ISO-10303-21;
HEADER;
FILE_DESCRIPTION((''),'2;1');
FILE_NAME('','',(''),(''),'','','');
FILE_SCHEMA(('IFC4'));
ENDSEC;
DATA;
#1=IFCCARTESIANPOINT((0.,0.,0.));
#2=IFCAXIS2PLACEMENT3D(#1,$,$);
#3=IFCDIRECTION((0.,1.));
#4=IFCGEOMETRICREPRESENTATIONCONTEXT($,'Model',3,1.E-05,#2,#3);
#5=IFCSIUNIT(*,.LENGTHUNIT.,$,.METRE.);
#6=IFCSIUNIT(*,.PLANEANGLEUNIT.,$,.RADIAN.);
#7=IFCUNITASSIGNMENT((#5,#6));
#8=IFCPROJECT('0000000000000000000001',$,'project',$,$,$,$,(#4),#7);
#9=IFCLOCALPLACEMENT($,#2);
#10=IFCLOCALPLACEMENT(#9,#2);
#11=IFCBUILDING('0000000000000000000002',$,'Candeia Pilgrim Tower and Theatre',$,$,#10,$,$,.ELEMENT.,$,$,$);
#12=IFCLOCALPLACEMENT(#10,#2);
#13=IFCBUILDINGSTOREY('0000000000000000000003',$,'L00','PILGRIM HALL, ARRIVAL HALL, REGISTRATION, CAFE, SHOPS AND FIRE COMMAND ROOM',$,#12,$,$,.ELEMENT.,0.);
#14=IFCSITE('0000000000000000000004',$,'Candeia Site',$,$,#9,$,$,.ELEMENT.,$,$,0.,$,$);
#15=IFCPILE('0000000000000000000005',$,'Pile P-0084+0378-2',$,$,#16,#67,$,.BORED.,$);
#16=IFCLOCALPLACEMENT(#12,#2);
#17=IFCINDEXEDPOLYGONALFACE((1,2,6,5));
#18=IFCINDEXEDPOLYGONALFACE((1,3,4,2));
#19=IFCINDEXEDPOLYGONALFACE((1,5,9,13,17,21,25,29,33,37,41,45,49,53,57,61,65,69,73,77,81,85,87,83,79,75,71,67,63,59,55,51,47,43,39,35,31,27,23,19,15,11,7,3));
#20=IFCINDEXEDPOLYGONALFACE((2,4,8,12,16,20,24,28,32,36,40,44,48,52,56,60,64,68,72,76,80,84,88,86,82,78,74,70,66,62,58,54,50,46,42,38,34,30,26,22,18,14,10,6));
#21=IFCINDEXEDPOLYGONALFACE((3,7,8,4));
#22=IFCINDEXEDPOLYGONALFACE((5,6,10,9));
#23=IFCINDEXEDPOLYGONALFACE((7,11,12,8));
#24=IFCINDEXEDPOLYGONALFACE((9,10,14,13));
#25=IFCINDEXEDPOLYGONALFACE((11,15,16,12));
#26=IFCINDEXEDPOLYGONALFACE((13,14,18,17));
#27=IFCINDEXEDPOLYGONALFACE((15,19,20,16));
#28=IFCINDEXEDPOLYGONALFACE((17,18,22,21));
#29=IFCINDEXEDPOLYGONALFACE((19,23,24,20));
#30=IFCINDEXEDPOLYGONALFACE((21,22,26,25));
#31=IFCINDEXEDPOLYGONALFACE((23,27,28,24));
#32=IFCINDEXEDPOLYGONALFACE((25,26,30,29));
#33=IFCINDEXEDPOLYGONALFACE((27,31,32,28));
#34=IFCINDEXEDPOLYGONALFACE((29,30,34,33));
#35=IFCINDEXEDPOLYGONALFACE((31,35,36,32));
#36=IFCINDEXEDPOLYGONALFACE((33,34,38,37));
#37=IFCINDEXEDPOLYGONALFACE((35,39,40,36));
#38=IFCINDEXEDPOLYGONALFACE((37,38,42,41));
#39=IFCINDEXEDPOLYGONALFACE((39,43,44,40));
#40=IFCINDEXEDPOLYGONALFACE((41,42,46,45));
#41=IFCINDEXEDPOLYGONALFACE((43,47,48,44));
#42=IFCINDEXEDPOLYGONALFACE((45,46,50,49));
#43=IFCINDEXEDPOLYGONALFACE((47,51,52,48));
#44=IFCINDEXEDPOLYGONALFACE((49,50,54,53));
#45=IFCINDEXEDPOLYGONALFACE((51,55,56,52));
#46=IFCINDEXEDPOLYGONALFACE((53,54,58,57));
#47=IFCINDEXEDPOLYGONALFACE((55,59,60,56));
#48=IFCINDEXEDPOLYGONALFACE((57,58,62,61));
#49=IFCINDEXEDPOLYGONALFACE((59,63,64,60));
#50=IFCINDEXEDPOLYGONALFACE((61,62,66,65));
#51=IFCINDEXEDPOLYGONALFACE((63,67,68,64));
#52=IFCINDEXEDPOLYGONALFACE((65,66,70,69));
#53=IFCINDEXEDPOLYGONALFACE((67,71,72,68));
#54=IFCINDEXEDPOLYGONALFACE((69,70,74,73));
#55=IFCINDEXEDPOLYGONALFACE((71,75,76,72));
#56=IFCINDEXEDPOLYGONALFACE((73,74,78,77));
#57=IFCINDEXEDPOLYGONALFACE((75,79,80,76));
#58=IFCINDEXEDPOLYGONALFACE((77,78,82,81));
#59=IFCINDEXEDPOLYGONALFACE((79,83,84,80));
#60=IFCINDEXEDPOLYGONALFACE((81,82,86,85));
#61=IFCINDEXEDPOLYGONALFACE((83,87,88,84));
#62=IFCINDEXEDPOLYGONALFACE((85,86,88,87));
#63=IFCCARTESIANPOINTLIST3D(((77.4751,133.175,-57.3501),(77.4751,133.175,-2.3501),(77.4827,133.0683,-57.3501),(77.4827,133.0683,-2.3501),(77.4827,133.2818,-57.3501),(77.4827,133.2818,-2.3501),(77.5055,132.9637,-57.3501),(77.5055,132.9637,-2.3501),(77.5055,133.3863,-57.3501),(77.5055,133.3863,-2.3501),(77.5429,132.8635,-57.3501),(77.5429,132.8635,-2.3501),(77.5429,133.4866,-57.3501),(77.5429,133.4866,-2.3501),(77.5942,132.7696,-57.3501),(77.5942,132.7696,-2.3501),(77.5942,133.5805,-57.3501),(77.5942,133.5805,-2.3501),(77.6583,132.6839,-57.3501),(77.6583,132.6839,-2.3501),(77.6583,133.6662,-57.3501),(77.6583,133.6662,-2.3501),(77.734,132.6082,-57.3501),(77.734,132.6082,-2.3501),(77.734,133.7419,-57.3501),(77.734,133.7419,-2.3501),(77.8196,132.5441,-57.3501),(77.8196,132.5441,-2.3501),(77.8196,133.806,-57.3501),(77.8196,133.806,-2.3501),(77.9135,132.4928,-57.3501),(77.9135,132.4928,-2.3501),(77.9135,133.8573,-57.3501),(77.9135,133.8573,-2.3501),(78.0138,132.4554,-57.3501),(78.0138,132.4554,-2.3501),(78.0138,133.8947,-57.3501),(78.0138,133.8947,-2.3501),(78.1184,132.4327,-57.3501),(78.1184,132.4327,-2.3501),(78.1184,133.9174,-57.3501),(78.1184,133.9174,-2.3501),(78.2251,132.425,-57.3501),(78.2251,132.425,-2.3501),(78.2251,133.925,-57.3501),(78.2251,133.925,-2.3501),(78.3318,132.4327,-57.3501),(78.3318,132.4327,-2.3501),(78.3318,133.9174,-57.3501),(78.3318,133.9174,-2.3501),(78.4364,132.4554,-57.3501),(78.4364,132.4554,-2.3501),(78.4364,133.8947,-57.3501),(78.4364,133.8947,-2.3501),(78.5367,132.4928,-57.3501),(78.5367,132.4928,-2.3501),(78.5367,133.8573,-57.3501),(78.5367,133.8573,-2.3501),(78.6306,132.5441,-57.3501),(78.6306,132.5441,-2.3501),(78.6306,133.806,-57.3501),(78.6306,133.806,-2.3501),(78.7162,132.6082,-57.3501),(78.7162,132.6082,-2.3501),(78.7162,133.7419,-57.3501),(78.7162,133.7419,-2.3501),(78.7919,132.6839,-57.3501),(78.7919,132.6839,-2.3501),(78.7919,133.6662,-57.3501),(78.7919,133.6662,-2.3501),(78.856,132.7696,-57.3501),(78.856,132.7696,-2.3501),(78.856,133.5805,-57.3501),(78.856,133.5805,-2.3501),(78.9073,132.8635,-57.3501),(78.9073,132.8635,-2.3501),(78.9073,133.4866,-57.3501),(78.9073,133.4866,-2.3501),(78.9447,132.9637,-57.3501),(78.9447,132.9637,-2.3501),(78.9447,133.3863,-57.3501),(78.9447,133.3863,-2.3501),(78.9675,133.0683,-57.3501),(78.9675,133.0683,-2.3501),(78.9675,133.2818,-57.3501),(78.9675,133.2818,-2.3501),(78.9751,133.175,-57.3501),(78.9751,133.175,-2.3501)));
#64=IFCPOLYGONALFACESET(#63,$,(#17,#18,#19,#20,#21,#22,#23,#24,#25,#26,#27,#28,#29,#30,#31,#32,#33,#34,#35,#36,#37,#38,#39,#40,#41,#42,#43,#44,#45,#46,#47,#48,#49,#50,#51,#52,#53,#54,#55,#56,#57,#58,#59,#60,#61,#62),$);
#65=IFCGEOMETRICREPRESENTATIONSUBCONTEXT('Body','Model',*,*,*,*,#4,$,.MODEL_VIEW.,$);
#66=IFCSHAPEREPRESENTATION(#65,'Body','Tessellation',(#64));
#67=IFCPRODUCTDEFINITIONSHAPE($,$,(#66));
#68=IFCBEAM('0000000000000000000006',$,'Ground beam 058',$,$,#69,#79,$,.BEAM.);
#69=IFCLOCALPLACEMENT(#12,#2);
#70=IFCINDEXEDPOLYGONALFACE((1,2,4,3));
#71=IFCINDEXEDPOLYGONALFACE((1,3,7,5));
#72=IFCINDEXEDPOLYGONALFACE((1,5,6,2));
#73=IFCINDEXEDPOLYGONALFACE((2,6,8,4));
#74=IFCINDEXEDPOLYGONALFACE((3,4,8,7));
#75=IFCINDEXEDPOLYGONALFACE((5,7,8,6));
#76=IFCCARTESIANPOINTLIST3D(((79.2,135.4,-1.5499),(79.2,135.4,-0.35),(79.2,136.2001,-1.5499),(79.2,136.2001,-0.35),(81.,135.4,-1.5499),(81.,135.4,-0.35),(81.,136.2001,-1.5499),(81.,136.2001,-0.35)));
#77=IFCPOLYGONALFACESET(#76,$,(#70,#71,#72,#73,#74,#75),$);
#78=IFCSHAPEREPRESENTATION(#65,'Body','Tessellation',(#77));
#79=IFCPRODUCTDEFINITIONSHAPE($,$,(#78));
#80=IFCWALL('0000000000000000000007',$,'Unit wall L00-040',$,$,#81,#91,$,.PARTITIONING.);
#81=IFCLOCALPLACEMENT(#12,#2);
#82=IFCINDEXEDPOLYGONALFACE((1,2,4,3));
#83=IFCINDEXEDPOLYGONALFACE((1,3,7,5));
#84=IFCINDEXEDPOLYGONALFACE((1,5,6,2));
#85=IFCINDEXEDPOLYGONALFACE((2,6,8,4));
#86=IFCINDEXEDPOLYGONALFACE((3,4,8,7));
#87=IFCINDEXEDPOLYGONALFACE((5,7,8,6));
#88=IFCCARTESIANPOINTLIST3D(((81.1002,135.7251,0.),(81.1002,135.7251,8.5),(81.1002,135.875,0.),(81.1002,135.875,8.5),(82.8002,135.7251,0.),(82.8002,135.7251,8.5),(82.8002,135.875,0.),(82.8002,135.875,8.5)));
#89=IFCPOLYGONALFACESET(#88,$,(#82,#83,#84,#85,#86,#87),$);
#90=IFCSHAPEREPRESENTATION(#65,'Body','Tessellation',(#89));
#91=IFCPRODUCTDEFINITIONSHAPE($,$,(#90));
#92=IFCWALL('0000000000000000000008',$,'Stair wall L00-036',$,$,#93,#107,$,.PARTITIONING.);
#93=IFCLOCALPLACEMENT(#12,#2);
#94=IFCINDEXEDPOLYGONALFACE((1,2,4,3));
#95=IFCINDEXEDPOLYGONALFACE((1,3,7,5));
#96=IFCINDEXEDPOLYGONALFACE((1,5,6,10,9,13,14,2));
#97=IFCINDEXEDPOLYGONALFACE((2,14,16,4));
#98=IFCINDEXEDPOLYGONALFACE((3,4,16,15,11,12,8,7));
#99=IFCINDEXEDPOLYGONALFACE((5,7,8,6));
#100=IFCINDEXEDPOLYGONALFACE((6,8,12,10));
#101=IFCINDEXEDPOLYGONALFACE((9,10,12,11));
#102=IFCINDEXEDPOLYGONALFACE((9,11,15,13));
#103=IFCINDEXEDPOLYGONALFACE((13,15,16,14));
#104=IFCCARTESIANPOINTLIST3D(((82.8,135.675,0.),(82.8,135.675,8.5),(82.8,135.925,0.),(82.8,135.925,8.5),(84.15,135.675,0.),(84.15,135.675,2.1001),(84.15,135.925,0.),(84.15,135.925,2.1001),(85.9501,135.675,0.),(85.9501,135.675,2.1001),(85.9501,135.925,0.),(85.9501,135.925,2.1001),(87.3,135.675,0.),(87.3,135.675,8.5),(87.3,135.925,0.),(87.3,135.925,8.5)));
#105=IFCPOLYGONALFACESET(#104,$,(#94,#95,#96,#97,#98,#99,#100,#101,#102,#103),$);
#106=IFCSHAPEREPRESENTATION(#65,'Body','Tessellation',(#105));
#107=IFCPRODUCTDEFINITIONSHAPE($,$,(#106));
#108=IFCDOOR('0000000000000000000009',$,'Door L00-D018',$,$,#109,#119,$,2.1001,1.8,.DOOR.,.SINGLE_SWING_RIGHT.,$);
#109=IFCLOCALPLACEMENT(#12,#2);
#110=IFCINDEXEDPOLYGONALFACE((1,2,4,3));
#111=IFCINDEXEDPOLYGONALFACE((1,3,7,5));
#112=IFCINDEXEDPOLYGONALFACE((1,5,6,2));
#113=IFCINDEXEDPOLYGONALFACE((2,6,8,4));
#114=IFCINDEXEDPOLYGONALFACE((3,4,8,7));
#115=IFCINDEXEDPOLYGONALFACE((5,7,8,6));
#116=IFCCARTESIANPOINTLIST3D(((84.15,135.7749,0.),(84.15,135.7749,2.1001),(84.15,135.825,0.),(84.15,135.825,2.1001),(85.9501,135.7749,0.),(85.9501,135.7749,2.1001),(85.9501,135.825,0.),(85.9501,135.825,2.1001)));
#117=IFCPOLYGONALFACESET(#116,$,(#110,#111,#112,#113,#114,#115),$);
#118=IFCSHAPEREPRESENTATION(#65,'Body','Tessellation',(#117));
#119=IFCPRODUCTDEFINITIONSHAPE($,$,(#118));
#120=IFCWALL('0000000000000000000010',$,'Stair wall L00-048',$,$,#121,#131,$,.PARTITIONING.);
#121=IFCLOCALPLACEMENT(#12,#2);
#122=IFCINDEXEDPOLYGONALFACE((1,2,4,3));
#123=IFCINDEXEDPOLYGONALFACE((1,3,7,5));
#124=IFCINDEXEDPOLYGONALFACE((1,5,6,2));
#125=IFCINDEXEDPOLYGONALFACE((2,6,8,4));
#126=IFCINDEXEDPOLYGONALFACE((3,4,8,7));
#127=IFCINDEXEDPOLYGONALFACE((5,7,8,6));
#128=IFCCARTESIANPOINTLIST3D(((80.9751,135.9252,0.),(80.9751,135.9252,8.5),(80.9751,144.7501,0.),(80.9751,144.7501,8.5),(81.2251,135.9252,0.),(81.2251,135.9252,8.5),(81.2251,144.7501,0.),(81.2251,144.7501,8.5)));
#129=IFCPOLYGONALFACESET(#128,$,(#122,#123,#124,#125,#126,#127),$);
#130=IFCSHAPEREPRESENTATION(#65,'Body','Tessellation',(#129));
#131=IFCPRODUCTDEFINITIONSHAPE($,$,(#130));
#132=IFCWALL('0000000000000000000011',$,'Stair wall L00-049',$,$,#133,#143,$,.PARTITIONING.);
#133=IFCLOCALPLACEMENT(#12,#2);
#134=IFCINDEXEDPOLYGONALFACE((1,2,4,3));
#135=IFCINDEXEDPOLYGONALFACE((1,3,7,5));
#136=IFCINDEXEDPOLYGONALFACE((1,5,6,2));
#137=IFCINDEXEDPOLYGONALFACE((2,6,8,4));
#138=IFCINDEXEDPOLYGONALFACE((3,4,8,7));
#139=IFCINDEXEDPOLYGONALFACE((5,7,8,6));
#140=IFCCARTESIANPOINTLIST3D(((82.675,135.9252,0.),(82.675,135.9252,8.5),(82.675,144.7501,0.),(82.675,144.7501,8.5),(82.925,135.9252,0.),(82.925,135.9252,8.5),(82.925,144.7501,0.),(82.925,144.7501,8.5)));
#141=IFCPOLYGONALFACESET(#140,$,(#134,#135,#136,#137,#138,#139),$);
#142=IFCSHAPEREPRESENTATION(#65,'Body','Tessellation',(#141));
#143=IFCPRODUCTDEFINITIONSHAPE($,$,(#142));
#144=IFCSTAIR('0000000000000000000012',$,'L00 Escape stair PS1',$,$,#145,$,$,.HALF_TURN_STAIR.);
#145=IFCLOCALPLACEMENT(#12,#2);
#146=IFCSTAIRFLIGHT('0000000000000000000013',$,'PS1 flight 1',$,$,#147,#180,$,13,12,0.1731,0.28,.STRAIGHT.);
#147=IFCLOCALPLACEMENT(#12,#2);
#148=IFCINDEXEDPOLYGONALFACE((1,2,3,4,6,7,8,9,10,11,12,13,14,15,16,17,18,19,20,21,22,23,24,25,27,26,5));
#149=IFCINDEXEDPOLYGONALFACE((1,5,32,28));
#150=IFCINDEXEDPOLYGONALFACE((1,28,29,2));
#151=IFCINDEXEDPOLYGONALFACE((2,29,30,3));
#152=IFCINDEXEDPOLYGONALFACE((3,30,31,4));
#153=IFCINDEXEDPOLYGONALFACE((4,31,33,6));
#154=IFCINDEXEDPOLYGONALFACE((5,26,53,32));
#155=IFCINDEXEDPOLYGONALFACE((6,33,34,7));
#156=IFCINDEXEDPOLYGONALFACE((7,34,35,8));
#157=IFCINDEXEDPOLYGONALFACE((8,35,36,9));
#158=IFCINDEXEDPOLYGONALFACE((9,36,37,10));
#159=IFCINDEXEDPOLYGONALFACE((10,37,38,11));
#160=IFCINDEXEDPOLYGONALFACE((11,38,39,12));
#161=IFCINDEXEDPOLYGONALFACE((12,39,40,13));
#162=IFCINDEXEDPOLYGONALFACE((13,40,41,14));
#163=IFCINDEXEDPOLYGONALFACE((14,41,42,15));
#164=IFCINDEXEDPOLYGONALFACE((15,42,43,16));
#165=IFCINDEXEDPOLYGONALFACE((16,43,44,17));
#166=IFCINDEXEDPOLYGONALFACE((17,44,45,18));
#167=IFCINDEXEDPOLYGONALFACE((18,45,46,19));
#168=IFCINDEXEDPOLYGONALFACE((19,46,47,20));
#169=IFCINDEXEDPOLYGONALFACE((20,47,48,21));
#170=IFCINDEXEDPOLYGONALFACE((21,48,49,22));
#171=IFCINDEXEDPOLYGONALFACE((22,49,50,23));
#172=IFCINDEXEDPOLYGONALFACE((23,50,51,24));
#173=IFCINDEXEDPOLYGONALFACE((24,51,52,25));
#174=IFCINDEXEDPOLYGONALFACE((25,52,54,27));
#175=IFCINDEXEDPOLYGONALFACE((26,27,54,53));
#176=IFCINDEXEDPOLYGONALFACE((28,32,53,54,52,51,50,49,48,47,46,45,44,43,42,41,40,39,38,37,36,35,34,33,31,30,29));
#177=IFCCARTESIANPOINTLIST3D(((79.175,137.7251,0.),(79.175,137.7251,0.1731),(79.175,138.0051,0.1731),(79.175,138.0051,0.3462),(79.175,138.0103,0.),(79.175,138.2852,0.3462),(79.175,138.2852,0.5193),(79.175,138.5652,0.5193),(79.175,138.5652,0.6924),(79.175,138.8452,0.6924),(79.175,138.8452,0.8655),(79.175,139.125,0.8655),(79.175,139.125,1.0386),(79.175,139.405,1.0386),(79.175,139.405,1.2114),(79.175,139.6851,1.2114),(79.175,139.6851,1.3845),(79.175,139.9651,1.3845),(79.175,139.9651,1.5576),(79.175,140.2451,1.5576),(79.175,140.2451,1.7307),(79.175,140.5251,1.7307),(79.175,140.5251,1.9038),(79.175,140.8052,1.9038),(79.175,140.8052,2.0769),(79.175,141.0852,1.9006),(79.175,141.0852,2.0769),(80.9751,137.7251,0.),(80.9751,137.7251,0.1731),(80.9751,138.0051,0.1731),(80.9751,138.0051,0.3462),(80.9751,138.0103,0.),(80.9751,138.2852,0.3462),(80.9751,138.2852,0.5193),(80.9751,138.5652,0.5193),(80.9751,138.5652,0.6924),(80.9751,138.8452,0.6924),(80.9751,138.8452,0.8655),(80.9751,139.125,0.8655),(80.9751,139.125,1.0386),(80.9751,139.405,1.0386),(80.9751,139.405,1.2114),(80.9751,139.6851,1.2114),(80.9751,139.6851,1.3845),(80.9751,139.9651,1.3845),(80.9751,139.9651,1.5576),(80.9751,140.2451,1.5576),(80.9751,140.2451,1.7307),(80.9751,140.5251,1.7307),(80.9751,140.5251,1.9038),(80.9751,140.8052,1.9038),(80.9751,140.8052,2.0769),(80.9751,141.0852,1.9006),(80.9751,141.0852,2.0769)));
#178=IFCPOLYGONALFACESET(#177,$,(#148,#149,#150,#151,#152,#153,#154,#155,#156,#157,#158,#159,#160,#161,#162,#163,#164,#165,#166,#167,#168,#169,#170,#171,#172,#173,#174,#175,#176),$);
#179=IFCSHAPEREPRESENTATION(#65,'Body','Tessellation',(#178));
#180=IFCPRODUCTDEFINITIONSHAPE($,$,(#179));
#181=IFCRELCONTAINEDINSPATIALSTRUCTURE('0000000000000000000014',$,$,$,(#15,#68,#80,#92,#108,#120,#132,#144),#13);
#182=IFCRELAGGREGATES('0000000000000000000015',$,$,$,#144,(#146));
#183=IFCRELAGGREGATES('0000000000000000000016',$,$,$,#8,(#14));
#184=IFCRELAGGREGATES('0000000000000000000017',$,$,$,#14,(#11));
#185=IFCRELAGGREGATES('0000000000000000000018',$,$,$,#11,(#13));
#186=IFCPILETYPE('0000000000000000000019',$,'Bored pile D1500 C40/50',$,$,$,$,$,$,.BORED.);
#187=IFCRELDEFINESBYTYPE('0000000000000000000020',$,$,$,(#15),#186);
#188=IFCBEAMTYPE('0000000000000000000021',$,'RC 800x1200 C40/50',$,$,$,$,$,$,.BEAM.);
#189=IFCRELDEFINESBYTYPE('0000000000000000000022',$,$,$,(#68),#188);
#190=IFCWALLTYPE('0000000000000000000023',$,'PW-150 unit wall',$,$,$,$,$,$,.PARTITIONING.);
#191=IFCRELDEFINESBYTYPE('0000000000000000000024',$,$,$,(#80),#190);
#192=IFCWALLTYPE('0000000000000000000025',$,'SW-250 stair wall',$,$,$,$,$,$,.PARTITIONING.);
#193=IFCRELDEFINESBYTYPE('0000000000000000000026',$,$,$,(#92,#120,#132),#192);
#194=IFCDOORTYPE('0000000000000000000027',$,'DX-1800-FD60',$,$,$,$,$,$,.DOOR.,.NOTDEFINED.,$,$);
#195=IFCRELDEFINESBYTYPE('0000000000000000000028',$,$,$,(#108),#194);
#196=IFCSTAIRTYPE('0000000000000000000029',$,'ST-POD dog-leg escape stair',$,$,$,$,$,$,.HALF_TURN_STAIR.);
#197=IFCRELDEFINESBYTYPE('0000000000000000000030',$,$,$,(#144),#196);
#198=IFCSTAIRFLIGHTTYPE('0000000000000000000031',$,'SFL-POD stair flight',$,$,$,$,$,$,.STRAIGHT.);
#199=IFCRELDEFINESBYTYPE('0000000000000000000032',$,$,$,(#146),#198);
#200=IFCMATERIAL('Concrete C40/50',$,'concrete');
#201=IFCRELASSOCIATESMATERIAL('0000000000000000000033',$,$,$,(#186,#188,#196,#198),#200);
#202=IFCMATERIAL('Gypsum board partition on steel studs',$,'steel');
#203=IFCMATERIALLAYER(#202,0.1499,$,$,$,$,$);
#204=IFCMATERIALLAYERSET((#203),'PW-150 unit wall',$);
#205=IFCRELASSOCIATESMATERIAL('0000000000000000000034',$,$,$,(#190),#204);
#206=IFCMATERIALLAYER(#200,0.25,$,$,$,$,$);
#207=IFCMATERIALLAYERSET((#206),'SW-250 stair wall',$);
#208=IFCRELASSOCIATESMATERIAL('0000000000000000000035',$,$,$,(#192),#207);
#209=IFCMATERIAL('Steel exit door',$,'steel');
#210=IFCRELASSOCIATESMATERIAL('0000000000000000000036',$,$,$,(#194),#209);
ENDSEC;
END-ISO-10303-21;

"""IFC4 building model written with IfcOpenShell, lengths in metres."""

from ifc_helpers import new_model, si_unit, direction, frame, frame_2d, origin, origin_2d, place, context, subcontext, project, spatial, polyline, rectangle, circle, outline, extrude, material, layer, layer_set, material_profile, profile_set, type_object, element, fill, aggregate, save


model = new_model("IFC4")

# Units and contexts
model_context = context("Model", 3, precision=1e-05, world=origin(), true_north=direction((0.0, 1.0)))
body_context = subcontext(model_context, "Body", "Model", "MODEL_VIEW")
ifc_project = project(units=[si_unit("LENGTHUNIT", "METRE"), si_unit("PLANEANGLEUNIT", "RADIAN")], contexts=[model_context])

# Site, building, storey
site_placement = place(None, origin())
site = spatial("IfcSite", under=ifc_project, at=site_placement, Name="Candeia Site", CompositionType="ELEMENT", RefElevation=0.0)
building_placement = place(site_placement, origin())
building = spatial("IfcBuilding", under=site, at=building_placement, Name="Candeia Pilgrim Tower and Theatre", CompositionType="ELEMENT")
storey_placement = place(building_placement, origin())
storey = spatial("IfcBuildingStorey", under=building, at=storey_placement, Name="L00", Description="PILGRIM HALL, ARRIVAL HALL, REGISTRATION, CAFE, SHOPS AND FIRE COMMAND ROOM", CompositionType="ELEMENT", Elevation=0.0)

# Pile
ifc_material_1 = material(Name="Concrete C40/50", Category="concrete")
ifc_material_profile_1 = material_profile(ifc_material_1, circle(Radius=0.75, at=origin_2d()))
ifc_profile_set_1 = profile_set([ifc_material_profile_1], Name="Concrete C40/50")
pile_type = type_object("IfcPileType", Name="Bored pile D1500 C40/50", PredefinedType="BORED", material=ifc_profile_set_1)
pile_placement = place(storey_placement, frame((78.2251, 133.175, -2.3501), z_axis=(0.0, 0.0, -1.0), x_axis=(1.0, 0.0, 0.0)))
element("IfcPile", 1, at=pile_placement, inside=storey, type_object=pile_type, Name="Pile P-0084+0378-2", PredefinedType="BORED", context=body_context, shape_type="SweptSolid", body=[
    extrude(circle(Radius=0.75, at=origin_2d()), origin(), (0.0, 0.0, 1.0), 55.0),
])

# Beam
ifc_material_profile_2 = material_profile(ifc_material_1, rectangle(XDim=0.8, YDim=1.2, at=origin_2d()))
ifc_profile_set_2 = profile_set([ifc_material_profile_2], Name="Concrete C40/50")
beam_type = type_object("IfcBeamType", Name="RC 800x1200 C40/50", PredefinedType="BEAM", material=ifc_profile_set_2)
beam_placement = place(storey_placement, frame((79.2, 135.8, -0.95), z_axis=(1.0, 0.0, 0.0), x_axis=(0.0, 1.0, 0.0)))
element("IfcBeam", 2, at=beam_placement, inside=storey, type_object=beam_type, Name="Ground beam 058", PredefinedType="BEAM", context=body_context, shape_type="SweptSolid", body=[
    extrude(rectangle(XDim=0.8, YDim=1.2, at=origin_2d()), origin(), (0.0, 0.0, 1.0), 1.8),
])

# Wall
ifc_material_2 = material(Name="Gypsum board partition on steel studs", Category="steel")
ifc_layer_1 = layer(ifc_material_2, 0.1499)
ifc_layer_set_1 = layer_set([ifc_layer_1], Name="PW-150 unit wall")
wall_type_1 = type_object("IfcWallType", Name="PW-150 unit wall", PredefinedType="PARTITIONING", material=ifc_layer_set_1)
wall_1_placement = place(storey_placement, frame((81.1001, 135.8, 0.0), z_axis=(0.0, 0.0, 1.0), x_axis=(1.0, 0.0, 0.0)))
element("IfcWall", 3, at=wall_1_placement, inside=storey, type_object=wall_type_1, Name="Unit wall L00-040", PredefinedType="PARTITIONING", context=body_context, shape_type="SweptSolid", body=[
    extrude(rectangle(XDim=1.7, YDim=0.1499, at=frame_2d((0.8501, 0.0))), origin(), (0.0, 0.0, 1.0), 8.5),
])

# Wall, opening, door
ifc_layer_2 = layer(ifc_material_1, 0.25)
ifc_layer_set_2 = layer_set([ifc_layer_2], Name="SW-250 stair wall")
wall_type_2 = type_object("IfcWallType", Name="SW-250 stair wall", PredefinedType="PARTITIONING", material=ifc_layer_set_2)
wall_2_placement = place(storey_placement, frame((82.8, 135.8, 0.0), z_axis=(0.0, 0.0, 1.0), x_axis=(1.0, 0.0, 0.0)))
wall_2 = element("IfcWall", 4, at=wall_2_placement, inside=storey, type_object=wall_type_2, Name="Stair wall L00-036", PredefinedType="PARTITIONING", context=body_context, shape_type="SweptSolid", body=[
    extrude(rectangle(XDim=4.5, YDim=0.25, at=frame_2d((2.25, 0.0))), origin(), (0.0, 0.0, 1.0), 8.5),
])
opening_placement = place(wall_2_placement, frame((1.3501, 0.0, 0.0)))
opening = element("IfcOpeningElement", 5, at=opening_placement, cuts=wall_2, PredefinedType="OPENING", context=body_context, shape_type="SweptSolid", body=[
    extrude(rectangle(XDim=1.8, YDim=2.1001, at=frame_2d((0.8999, 1.05))), frame((0.0, 0.135, 0.0), z_axis=(0.0, -1.0, 0.0), x_axis=(1.0, 0.0, 0.0)), (0.0, 0.0, 1.0), 0.27),
])
ifc_material_3 = material(Name="Steel exit door", Category="steel")
door_type = type_object("IfcDoorType", Name="DX-1800-FD60", OperationType="NOTDEFINED", PredefinedType="DOOR", material=ifc_material_3)
door_placement = place(opening_placement, origin())
door = element("IfcDoor", 6, at=door_placement, inside=storey, type_object=door_type, Name="Door L00-D018", OperationType="SINGLE_SWING_RIGHT", OverallHeight=2.1001, OverallWidth=1.8, PredefinedType="DOOR", context=body_context, shape_type="SweptSolid", body=[
    extrude(rectangle(XDim=1.8, YDim=2.1001, at=frame_2d((0.8999, 1.05))), frame((0.0, 0.0249, 0.0), z_axis=(0.0, -1.0, 0.0), x_axis=(1.0, 0.0, 0.0)), (0.0, 0.0, 1.0), 0.05),
])
fill(opening, door)

# Walls
for number, where, z_axis, x_axis, name in (
    (7, (81.1001, 135.925, 0.0), (0.0, 0.0, 1.0), (0.0, 1.0, 0.0), "Stair wall L00-048"),
    (8, (82.8, 135.925, 0.0), (0.0, 0.0, 1.0), (0.0, 1.0, 0.0), "Stair wall L00-049"),
):
    element("IfcWall", number, at=place(storey_placement, frame(where, z_axis=z_axis, x_axis=x_axis)), inside=storey, type_object=wall_type_2, Name=name, PredefinedType="PARTITIONING", context=body_context, shape_type="SweptSolid", body=[
        extrude(rectangle(XDim=8.825, YDim=0.25, at=frame_2d((4.4126, 0.0))), origin(), (0.0, 0.0, 1.0), 8.5),
    ])

# Stair, stair flight
stair_type = type_object("IfcStairType", Name="ST-POD dog-leg escape stair", PredefinedType="HALF_TURN_STAIR", material=ifc_material_1)
stair_placement = place(storey_placement, origin())
stair = element("IfcStair", 9, at=stair_placement, inside=storey, type_object=stair_type, Name="L00 Escape stair PS1", PredefinedType="HALF_TURN_STAIR")
stair_flight_type = type_object("IfcStairFlightType", Name="SFL-POD stair flight", PredefinedType="STRAIGHT", material=ifc_material_1)
stair_flight_1_placement = place(storey_placement, frame((80.075, 137.7251, 0.0), z_axis=(0.0, 0.0, 1.0), x_axis=(0.0, 1.0, 0.0)))
stair_flight_1 = element("IfcStairFlight", 10, at=stair_flight_1_placement, type_object=stair_flight_type, Name="PS1 flight 1", NumberOfRisers=13, NumberOfTreads=12, PredefinedType="STRAIGHT", RiserHeight=0.1731, TreadLength=0.28, context=body_context, shape_type="SweptSolid", body=[
    extrude(outline(polyline([(0.0, 0.0), (0.0, 0.1731), (0.28, 0.1731), (0.28, 0.3462), (0.5601, 0.3462), (0.5601, 0.5193), (0.8401, 0.5193), (0.8401, 0.6924), (1.1201, 0.6924), (1.1201, 0.8655), (1.3999, 0.8655), (1.3999, 1.0386), (1.6799, 1.0386), (1.6799, 1.2114), (1.96, 1.2114), (1.96, 1.3845), (2.24, 1.3845), (2.24, 1.5576), (2.52, 1.5576), (2.52, 1.7307), (2.8, 1.7307), (2.8, 1.9038), (3.0801, 1.9038), (3.0801, 2.0769), (3.3601, 2.0769), (3.3601, 2.25), (3.3601, 1.9006), (0.2852, 0.0), (0.0, 0.0)])), frame((0.0, 0.8999, 0.0), z_axis=(0.0, -1.0, 0.0), x_axis=(1.0, 0.0, 0.0)), (0.0, 0.0, 1.0), 1.8),
])
aggregate(stair, [stair_flight_1])

save(model, "model.ifc")
